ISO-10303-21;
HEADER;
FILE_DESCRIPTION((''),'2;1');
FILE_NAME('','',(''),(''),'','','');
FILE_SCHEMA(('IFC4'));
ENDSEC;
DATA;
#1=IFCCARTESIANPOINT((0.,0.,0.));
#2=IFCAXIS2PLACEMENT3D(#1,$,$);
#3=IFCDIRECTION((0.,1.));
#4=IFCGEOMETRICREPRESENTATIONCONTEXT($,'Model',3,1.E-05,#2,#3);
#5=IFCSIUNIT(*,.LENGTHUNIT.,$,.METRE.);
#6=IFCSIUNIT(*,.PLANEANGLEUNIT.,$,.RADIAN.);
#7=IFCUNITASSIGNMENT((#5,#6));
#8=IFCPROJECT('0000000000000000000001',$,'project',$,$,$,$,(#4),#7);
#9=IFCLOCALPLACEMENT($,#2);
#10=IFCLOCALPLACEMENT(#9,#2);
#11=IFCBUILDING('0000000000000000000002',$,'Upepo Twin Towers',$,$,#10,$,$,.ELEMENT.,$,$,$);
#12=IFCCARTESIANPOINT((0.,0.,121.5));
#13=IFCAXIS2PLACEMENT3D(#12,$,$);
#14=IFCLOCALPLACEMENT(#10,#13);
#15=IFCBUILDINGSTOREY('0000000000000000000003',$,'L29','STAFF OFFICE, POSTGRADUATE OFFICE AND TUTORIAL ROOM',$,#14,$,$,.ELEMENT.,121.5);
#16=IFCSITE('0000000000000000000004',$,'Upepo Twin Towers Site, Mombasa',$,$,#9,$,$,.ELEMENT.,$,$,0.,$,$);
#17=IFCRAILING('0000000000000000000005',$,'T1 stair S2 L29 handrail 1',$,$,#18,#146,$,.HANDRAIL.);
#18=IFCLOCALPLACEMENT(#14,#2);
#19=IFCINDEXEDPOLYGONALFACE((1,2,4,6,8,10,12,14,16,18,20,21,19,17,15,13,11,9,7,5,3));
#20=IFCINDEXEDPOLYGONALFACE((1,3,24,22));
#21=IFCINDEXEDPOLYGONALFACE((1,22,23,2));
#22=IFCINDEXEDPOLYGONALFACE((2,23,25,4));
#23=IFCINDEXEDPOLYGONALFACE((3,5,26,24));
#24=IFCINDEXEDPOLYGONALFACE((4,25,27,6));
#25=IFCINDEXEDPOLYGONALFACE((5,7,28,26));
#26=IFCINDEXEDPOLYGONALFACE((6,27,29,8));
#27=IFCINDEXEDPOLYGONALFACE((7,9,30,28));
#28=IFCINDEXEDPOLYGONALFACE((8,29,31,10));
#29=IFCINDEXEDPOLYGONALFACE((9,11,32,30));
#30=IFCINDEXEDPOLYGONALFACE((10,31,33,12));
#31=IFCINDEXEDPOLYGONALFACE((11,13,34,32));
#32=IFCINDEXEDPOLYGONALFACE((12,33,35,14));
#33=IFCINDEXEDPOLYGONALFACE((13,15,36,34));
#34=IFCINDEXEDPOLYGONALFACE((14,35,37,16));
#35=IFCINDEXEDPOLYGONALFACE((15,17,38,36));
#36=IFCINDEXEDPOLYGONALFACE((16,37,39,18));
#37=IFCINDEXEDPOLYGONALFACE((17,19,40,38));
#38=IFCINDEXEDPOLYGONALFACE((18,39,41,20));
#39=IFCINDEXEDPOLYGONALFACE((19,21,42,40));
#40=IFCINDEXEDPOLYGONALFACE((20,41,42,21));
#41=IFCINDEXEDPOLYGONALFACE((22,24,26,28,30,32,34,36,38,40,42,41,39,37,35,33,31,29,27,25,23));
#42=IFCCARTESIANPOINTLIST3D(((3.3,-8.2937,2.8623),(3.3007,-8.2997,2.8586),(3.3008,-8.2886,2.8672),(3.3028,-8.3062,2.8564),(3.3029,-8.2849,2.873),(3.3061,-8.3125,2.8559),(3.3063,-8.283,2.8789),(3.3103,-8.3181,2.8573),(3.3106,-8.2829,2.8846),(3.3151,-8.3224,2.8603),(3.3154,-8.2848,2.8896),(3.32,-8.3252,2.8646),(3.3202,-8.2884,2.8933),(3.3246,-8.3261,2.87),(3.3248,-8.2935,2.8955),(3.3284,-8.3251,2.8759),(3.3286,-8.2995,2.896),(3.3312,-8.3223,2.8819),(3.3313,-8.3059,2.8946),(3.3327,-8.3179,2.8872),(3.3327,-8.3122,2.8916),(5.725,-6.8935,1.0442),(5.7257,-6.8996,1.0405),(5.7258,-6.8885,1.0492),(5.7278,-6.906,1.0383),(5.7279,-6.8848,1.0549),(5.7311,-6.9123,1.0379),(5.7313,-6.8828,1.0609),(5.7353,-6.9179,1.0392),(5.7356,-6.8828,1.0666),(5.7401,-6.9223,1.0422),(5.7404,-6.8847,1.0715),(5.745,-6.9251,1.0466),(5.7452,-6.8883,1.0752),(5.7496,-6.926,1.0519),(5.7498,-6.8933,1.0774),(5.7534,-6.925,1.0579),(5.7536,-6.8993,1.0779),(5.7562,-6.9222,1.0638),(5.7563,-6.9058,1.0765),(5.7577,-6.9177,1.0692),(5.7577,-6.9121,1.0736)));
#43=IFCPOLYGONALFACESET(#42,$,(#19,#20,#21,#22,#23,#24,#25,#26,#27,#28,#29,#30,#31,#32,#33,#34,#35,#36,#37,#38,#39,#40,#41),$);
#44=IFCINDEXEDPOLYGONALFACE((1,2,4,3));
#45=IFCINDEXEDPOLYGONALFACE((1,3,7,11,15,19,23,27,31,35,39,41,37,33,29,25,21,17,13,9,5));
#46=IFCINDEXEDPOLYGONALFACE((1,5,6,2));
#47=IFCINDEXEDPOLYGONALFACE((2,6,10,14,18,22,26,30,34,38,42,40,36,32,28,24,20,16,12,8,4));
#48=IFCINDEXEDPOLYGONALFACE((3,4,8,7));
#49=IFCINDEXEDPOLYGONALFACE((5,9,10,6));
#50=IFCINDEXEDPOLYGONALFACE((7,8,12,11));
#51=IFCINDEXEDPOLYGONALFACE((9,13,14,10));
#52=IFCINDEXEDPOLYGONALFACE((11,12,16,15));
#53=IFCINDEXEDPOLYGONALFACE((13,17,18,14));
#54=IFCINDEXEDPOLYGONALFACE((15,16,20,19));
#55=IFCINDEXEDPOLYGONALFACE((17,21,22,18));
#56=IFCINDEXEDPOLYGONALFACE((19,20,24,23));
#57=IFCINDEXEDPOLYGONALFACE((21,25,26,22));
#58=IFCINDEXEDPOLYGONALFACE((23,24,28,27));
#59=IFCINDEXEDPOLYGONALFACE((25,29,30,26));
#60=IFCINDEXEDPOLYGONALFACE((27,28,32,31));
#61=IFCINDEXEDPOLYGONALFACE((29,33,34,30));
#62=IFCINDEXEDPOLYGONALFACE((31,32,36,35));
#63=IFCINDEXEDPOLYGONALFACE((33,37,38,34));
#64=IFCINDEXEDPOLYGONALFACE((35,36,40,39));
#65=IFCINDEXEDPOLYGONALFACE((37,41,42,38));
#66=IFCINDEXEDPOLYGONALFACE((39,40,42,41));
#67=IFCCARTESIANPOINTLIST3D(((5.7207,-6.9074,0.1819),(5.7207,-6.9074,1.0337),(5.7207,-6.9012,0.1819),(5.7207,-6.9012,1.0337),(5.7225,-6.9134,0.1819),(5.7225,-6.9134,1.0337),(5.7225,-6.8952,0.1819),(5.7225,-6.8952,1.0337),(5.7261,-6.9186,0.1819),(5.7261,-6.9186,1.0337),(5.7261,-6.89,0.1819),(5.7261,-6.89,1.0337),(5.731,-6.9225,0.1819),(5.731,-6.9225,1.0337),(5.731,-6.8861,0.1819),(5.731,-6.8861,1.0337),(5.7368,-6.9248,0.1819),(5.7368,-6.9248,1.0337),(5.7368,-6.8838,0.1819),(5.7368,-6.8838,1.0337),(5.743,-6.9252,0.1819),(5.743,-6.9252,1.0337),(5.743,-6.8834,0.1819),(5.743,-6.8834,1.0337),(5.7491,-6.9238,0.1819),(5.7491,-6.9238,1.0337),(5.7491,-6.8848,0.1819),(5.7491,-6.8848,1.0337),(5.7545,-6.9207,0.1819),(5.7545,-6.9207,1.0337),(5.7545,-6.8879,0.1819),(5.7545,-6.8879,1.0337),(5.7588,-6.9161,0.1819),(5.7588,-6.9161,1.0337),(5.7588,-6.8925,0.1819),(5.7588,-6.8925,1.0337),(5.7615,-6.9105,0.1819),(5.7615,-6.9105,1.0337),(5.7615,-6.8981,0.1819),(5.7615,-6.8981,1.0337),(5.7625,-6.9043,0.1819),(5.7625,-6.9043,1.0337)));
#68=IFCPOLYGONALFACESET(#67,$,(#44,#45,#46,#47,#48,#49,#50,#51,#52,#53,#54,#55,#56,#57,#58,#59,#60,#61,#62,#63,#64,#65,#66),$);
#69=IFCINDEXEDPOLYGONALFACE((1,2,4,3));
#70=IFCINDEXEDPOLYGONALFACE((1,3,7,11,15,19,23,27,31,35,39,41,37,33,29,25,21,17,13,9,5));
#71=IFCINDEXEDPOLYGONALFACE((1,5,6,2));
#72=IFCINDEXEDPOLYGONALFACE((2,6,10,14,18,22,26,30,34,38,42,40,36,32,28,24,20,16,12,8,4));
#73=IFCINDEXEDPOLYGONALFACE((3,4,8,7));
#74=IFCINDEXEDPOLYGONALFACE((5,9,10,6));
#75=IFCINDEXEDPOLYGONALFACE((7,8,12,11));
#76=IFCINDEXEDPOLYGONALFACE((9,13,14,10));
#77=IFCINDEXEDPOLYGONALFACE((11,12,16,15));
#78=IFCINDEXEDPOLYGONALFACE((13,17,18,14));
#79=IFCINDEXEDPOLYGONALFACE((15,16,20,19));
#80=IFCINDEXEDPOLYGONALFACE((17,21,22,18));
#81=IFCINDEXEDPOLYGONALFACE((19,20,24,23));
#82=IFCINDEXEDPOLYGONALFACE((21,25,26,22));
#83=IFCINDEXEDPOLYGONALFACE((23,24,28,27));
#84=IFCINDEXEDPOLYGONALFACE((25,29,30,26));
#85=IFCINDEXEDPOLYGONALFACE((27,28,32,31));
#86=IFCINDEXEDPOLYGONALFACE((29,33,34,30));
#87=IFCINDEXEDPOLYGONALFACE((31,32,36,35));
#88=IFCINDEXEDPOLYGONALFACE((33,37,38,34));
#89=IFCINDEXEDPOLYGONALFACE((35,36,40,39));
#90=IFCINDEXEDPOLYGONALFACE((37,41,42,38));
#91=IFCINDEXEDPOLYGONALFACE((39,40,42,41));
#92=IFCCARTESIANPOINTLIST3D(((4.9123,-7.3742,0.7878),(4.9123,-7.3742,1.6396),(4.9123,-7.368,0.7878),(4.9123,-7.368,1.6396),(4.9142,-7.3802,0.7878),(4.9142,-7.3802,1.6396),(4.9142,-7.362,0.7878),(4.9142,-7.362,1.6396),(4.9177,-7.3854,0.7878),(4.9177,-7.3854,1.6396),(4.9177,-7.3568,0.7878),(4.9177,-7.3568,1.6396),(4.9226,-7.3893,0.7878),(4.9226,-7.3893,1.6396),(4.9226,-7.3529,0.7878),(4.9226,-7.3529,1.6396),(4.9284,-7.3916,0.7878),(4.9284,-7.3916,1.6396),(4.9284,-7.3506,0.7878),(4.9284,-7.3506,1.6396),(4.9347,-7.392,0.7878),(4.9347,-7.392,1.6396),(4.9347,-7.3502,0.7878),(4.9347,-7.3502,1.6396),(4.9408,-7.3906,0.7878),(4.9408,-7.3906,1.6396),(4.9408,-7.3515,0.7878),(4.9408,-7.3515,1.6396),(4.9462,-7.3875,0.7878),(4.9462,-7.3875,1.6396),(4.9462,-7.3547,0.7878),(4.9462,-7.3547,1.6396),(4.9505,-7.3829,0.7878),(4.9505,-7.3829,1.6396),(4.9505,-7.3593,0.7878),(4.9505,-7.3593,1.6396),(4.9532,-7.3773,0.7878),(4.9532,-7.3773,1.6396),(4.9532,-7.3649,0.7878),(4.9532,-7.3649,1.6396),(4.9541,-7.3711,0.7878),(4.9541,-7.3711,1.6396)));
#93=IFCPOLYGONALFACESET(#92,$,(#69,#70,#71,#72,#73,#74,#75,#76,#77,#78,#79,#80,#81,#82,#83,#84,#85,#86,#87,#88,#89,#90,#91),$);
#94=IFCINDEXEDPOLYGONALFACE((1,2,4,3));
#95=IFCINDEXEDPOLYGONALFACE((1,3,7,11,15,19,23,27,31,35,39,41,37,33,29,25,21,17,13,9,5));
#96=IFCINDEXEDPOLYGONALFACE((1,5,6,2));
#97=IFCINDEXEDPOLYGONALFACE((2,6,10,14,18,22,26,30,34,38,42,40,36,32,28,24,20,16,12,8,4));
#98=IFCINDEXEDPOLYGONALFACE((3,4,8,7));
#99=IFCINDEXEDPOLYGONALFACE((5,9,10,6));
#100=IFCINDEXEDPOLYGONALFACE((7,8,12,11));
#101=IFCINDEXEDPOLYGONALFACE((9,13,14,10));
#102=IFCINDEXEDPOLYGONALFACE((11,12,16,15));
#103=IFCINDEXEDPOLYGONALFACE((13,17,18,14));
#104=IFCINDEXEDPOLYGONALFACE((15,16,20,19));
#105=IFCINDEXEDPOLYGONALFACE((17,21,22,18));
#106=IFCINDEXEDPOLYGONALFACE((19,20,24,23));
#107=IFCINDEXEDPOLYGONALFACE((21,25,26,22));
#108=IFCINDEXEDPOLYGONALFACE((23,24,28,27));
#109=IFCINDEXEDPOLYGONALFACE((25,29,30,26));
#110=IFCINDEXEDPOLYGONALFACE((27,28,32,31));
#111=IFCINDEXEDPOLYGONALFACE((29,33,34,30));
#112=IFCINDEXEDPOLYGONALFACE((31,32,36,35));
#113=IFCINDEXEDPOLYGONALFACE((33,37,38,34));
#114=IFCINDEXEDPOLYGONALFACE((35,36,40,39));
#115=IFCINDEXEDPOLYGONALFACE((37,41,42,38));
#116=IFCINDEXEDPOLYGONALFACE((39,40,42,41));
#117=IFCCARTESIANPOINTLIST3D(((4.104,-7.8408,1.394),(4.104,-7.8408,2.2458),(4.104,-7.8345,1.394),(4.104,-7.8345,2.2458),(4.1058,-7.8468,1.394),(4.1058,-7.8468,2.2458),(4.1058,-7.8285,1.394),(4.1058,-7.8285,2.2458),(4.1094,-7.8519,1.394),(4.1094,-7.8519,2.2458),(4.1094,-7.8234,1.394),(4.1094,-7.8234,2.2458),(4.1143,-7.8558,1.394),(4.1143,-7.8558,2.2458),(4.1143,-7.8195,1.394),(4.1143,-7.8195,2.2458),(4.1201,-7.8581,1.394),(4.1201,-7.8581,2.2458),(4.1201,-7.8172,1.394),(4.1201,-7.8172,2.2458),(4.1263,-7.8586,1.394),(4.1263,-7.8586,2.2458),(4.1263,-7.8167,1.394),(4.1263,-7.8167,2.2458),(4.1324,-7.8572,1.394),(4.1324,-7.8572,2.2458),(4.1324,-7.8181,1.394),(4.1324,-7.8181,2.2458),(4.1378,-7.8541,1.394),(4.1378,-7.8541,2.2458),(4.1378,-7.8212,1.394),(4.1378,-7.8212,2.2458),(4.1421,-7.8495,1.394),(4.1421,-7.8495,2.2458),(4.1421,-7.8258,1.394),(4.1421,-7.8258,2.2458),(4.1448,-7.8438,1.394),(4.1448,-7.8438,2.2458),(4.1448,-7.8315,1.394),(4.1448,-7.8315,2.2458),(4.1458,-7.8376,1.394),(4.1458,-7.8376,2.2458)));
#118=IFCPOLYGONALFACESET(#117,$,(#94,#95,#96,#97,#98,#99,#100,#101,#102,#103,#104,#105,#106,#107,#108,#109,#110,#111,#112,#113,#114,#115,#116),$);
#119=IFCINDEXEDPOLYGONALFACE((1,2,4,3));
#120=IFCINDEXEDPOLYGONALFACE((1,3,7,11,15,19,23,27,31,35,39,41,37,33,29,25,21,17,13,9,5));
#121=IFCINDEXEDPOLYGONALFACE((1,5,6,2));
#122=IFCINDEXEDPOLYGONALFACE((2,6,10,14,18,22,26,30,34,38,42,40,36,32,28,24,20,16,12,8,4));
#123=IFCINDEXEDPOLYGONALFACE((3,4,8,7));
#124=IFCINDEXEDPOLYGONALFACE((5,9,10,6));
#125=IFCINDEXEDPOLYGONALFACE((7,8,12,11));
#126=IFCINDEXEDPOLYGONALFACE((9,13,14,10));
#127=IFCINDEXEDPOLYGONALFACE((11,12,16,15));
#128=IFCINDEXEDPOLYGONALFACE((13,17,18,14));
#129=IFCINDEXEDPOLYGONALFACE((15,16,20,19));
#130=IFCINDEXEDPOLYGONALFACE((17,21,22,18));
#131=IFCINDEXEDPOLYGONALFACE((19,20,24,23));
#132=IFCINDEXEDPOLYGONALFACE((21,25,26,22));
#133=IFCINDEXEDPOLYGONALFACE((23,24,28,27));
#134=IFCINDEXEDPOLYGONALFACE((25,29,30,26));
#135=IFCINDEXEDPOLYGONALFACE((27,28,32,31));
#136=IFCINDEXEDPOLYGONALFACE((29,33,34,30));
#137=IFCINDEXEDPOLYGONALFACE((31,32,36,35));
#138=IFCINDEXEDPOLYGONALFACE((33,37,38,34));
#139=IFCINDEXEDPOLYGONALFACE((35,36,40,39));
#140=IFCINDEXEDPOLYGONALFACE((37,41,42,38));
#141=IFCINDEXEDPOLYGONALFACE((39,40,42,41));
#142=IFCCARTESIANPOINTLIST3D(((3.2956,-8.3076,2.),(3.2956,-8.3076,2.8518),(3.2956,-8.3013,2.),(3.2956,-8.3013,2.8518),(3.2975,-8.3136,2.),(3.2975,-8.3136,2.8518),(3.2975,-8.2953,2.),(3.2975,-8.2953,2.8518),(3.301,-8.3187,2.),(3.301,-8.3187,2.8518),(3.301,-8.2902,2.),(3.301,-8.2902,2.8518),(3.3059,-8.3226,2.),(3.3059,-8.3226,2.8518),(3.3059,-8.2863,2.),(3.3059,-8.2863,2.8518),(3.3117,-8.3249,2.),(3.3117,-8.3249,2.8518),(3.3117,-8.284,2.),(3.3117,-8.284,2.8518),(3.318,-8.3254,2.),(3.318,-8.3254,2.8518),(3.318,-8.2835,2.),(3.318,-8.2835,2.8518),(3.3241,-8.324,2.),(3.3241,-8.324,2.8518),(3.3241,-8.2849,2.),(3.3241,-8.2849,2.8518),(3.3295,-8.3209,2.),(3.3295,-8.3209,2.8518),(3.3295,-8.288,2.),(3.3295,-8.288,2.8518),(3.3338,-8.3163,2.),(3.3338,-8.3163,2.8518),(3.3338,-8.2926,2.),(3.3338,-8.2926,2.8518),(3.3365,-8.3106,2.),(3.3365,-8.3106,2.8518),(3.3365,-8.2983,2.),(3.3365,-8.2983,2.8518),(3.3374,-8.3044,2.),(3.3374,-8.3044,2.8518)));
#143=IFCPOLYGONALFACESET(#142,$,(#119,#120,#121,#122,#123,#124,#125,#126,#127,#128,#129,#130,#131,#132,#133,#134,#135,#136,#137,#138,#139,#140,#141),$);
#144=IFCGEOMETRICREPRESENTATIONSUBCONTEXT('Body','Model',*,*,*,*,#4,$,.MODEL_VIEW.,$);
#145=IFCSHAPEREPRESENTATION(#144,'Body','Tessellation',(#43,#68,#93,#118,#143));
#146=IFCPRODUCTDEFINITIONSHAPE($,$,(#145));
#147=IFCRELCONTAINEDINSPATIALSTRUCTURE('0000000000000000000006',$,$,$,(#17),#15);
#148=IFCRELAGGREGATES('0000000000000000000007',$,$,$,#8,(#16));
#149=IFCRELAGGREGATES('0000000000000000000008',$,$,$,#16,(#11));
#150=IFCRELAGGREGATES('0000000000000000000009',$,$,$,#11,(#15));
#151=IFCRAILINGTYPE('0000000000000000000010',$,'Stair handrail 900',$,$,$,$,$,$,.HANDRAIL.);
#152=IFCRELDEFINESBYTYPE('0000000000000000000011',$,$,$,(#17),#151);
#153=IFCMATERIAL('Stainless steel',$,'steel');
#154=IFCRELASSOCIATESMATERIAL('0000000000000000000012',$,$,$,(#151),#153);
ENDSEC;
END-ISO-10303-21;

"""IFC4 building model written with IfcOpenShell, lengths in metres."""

from ifc_helpers import new_model, si_unit, direction, frame, origin, origin_2d, place, context, subcontext, project, spatial, circle, extrude, material, type_object, element, save


model = new_model("IFC4")

# Units and contexts
model_context = context("Model", 3, precision=1e-05, world=origin(), true_north=direction((0.0, 1.0)))
body_context = subcontext(model_context, "Body", "Model", "MODEL_VIEW")
ifc_project = project(units=[si_unit("LENGTHUNIT", "METRE"), si_unit("PLANEANGLEUNIT", "RADIAN")], contexts=[model_context])

# Site, building, storey
site_placement = place(None, origin())
site = spatial("IfcSite", under=ifc_project, at=site_placement, Name="Upepo Twin Towers Site, Mombasa", CompositionType="ELEMENT", RefElevation=0.0)
building_placement = place(site_placement, origin())
building = spatial("IfcBuilding", under=site, at=building_placement, Name="Upepo Twin Towers", CompositionType="ELEMENT")
storey_placement = place(building_placement, frame((0.0, 0.0, 121.5)))
storey = spatial("IfcBuildingStorey", under=building, at=storey_placement, Name="L29", Description="STAFF OFFICE, POSTGRADUATE OFFICE AND TUTORIAL ROOM", CompositionType="ELEMENT", Elevation=121.5)

# Railing
ifc_material_1 = material(Name="Stainless steel", Category="steel")
railing_type = type_object("IfcRailingType", Name="Stair handrail 900", PredefinedType="HANDRAIL", material=ifc_material_1)
railing_1_placement = place(storey_placement, frame((5.7415, -6.9043, 0.1819)))
element("IfcRailing", 1, at=railing_1_placement, inside=storey, type_object=railing_type, Name="T1 stair S2 L29 handrail 1", PredefinedType="HANDRAIL", context=body_context, shape_type="SweptSolid", body=[
    extrude(circle(Radius=0.0239, at=origin_2d()), frame((0.0, 0.0, 0.876), z_axis=(-0.726349, -0.419371, 0.54456), x_axis=(0.500012, -0.866019, 0.0)), (0.0, 0.0, 1.0), 3.3386),
    extrude(circle(Radius=0.021, at=origin_2d()), origin(), (0.0, 0.0, 1.0), 0.8518),
    extrude(circle(Radius=0.021, at=origin_2d()), frame((-0.8083, -0.4668, 0.606)), (0.0, 0.0, 1.0), 0.8518),
    extrude(circle(Radius=0.021, at=origin_2d()), frame((-1.6167, -0.9333, 1.2122)), (0.0, 0.0, 1.0), 0.8518),
    extrude(circle(Radius=0.021, at=origin_2d()), frame((-2.425, -1.4001, 1.8181)), (0.0, 0.0, 1.0), 0.8518),
])

save(model, "model.ifc")
